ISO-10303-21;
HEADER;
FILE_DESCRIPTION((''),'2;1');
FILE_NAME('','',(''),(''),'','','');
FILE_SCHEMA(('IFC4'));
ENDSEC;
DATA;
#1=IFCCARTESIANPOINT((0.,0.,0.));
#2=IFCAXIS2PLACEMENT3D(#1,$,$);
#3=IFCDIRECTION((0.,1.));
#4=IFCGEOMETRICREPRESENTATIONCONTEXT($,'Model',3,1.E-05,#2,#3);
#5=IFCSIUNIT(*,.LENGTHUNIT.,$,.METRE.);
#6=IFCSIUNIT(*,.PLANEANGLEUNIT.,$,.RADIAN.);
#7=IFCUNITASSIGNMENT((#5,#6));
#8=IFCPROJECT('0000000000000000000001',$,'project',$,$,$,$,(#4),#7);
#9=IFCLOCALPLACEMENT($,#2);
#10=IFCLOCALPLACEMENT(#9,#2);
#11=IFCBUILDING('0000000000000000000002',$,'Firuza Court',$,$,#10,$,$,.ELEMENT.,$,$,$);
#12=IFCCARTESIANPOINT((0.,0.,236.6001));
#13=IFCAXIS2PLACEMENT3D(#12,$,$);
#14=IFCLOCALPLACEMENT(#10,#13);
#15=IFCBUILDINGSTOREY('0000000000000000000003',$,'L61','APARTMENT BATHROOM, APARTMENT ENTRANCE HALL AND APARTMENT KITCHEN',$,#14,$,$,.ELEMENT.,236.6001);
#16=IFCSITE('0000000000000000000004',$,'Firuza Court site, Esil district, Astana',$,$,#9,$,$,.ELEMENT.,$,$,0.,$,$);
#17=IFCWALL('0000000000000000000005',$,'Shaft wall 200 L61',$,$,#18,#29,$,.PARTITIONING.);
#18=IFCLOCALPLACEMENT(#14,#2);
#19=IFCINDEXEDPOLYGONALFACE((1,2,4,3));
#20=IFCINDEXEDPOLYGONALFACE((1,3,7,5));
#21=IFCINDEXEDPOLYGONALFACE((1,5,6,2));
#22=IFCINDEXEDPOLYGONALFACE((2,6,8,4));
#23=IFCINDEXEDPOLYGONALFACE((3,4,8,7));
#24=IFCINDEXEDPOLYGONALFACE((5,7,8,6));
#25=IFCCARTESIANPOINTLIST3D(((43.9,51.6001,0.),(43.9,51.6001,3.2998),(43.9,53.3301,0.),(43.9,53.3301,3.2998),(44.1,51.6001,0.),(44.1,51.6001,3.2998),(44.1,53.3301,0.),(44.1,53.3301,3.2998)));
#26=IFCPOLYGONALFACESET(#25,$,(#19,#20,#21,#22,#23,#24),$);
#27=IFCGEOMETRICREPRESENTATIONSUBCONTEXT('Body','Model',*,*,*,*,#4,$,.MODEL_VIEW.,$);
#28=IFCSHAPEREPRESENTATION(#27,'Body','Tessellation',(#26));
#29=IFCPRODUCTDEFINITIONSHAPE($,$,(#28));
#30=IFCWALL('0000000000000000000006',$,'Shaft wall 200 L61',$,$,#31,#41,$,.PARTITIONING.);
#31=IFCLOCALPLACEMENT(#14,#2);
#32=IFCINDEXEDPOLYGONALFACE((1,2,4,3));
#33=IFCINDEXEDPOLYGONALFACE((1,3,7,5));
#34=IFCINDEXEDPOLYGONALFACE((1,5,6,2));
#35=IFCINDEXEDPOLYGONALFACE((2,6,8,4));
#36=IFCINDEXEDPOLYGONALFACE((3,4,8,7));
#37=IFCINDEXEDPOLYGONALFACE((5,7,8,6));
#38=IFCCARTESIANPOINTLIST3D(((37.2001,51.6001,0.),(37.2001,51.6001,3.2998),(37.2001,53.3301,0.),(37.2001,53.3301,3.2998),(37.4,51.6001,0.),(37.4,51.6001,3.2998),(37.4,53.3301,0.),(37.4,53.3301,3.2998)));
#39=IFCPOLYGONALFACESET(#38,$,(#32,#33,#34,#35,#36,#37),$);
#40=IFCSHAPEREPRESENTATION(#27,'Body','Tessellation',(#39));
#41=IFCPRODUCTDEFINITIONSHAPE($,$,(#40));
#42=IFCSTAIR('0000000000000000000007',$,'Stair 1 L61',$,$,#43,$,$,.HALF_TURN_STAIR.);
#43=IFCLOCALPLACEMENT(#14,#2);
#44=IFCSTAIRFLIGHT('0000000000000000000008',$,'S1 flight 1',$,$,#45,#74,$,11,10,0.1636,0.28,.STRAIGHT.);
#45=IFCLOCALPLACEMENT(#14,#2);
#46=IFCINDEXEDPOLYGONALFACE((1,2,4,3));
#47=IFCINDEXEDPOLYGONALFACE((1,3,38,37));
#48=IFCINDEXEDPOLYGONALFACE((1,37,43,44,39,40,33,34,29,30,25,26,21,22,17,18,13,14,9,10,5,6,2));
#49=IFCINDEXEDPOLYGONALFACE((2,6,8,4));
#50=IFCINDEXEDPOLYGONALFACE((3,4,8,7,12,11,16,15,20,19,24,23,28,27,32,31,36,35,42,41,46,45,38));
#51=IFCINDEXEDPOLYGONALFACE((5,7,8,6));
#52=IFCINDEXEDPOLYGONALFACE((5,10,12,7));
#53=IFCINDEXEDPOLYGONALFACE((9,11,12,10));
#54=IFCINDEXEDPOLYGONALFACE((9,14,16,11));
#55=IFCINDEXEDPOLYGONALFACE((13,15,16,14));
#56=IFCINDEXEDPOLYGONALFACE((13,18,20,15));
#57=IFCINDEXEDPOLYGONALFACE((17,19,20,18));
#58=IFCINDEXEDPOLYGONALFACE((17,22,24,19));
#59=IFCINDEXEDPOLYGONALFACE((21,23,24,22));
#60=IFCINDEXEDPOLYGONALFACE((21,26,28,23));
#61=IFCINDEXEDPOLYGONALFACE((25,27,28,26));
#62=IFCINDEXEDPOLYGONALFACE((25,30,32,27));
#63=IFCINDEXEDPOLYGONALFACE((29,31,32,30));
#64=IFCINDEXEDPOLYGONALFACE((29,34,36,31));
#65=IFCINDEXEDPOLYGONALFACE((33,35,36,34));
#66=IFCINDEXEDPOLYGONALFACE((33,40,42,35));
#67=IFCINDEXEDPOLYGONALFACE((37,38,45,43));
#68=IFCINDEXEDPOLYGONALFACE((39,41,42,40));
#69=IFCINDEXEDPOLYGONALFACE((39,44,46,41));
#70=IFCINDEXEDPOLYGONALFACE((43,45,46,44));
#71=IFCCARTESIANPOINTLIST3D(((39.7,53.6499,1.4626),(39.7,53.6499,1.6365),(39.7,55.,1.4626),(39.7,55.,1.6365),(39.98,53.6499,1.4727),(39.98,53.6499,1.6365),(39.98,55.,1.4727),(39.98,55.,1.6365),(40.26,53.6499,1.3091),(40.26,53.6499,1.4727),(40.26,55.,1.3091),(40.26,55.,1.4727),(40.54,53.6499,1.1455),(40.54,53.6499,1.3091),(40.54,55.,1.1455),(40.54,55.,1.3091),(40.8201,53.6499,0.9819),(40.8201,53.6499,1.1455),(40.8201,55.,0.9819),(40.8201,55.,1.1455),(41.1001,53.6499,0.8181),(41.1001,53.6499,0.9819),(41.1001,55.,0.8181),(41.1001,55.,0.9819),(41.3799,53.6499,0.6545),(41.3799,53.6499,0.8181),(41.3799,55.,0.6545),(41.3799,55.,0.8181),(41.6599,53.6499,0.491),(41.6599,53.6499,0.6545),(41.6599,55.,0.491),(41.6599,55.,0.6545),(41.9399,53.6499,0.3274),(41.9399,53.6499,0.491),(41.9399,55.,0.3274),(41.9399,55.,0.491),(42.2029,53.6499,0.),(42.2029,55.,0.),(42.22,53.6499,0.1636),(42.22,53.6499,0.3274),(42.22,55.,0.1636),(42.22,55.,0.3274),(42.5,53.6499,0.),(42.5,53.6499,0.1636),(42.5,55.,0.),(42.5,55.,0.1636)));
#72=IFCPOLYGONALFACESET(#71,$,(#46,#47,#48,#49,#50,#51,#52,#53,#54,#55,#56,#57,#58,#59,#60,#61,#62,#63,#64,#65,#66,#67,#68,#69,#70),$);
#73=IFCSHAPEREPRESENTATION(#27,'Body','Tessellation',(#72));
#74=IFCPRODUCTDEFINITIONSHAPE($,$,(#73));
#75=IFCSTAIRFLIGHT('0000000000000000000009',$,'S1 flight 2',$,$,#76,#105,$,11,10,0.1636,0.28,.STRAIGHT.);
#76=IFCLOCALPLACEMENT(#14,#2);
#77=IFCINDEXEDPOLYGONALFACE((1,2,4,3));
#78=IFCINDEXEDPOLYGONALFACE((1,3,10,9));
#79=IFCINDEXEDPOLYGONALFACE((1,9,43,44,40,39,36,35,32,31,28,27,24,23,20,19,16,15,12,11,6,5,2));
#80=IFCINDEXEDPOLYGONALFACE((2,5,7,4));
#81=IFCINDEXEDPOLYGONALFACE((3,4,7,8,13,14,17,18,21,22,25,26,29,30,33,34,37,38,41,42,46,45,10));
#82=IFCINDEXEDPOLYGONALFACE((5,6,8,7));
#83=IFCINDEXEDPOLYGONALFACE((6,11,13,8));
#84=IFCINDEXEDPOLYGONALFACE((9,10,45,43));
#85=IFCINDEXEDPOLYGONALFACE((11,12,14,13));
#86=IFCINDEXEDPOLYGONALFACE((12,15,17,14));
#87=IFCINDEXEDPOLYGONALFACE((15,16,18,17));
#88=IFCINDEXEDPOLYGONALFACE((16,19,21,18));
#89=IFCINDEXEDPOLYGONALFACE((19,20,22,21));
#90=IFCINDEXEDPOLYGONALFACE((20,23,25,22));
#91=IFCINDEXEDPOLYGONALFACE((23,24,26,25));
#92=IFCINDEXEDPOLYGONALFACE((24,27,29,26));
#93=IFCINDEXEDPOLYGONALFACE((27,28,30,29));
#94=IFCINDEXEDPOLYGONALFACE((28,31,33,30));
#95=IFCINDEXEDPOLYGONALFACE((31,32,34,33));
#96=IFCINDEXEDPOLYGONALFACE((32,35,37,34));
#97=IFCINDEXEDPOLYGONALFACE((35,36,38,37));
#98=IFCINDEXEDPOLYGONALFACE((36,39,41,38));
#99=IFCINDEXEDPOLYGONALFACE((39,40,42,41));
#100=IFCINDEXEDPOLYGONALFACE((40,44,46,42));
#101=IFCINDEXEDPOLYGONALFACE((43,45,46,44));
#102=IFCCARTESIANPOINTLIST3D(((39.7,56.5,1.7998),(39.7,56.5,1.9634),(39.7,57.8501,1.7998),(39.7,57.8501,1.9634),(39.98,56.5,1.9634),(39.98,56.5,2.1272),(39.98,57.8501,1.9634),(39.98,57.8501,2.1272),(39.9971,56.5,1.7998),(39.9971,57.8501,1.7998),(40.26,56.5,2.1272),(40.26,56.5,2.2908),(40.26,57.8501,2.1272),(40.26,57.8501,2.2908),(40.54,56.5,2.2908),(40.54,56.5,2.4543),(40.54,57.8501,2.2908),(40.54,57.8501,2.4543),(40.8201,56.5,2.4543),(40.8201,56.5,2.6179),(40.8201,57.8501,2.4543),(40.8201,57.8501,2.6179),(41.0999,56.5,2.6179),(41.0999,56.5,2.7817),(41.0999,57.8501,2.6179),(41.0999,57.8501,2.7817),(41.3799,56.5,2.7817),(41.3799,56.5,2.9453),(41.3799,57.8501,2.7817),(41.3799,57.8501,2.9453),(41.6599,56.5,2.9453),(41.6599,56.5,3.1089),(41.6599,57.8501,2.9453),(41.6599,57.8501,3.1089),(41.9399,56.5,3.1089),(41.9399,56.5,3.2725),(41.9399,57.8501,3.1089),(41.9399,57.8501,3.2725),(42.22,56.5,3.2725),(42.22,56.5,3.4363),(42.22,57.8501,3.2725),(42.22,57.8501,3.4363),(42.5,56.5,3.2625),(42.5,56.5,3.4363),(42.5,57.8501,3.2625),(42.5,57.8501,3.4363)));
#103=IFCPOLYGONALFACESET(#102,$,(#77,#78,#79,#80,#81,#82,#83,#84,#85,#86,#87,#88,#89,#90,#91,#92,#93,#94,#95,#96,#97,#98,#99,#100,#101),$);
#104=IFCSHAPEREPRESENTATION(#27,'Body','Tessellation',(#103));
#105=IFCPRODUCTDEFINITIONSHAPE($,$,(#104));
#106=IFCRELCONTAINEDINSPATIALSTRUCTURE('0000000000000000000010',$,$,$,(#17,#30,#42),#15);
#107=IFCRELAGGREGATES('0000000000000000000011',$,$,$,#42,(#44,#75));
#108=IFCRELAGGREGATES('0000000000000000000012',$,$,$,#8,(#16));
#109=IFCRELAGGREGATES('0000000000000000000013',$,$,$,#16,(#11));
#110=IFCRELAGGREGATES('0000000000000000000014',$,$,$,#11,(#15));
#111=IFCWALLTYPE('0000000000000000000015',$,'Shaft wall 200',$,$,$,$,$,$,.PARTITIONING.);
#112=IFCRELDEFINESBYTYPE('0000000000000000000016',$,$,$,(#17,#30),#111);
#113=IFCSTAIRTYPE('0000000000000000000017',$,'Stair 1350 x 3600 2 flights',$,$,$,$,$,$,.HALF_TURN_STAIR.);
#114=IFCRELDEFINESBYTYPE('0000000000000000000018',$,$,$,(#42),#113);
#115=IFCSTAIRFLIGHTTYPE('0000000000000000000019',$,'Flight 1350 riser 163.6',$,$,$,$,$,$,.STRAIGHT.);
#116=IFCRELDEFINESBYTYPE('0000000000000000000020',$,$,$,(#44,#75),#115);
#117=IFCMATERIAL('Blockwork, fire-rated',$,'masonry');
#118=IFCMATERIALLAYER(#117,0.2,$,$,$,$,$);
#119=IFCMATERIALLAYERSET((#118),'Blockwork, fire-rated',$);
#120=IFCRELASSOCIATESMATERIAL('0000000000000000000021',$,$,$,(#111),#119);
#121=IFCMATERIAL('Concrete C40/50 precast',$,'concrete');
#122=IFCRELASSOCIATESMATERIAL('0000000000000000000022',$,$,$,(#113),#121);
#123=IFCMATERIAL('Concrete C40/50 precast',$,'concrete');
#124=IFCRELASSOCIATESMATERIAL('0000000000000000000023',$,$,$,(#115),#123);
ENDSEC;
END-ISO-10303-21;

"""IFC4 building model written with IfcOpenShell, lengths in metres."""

from ifc_helpers import new_model, si_unit, direction, frame, frame_2d, origin, place, context, subcontext, project, spatial, polyline, rectangle, outline, extrude, material, layer, layer_set, type_object, element, aggregate, save


model = new_model("IFC4")

# Units and contexts
model_context = context("Model", 3, precision=1e-05, world=origin(), true_north=direction((0.0, 1.0)))
body_context = subcontext(model_context, "Body", "Model", "MODEL_VIEW")
ifc_project = project(units=[si_unit("LENGTHUNIT", "METRE"), si_unit("PLANEANGLEUNIT", "RADIAN")], contexts=[model_context])

# Site, building, storey
site_placement = place(None, origin())
site = spatial("IfcSite", under=ifc_project, at=site_placement, Name="Firuza Court site, Esil district, Astana", CompositionType="ELEMENT", RefElevation=0.0)
building_placement = place(site_placement, origin())
building = spatial("IfcBuilding", under=site, at=building_placement, Name="Firuza Court", CompositionType="ELEMENT")
storey_placement = place(building_placement, frame((0.0, 0.0, 236.6001)))
storey = spatial("IfcBuildingStorey", under=building, at=storey_placement, Name="L61", Description="APARTMENT BATHROOM, APARTMENT ENTRANCE HALL AND APARTMENT KITCHEN", CompositionType="ELEMENT", Elevation=236.6001)

# Shared definitions
ifc_material_1 = material(Name="Blockwork, fire-rated", Category="masonry")

# Shared definitions
ifc_layer_1 = layer(ifc_material_1, 0.2)
ifc_layer_set_1 = layer_set([ifc_layer_1], Name="Blockwork, fire-rated")
wall_type_1 = type_object("IfcWallType", Name="Shaft wall 200", PredefinedType="PARTITIONING", material=ifc_layer_set_1)

# Walls
for number, where, z_axis, x_axis, name in (
    (1, (44.0, 51.6001, 0.0), (0.0, 0.0, 1.0), (0.0, 1.0, 0.0), "Shaft wall 200 L61"),
    (2, (37.3, 51.6001, 0.0), (0.0, 0.0, 1.0), (0.0, 1.0, 0.0), "Shaft wall 200 L61"),
):
    element("IfcWall", number, at=place(storey_placement, frame(where, z_axis=z_axis, x_axis=x_axis)), inside=storey, type_object=wall_type_1, Name=name, PredefinedType="PARTITIONING", context=body_context, shape_type="SweptSolid", body=[
        extrude(rectangle(XDim=1.73, YDim=0.2, at=frame_2d((0.865, 0.0))), origin(), (0.0, 0.0, 1.0), 3.2998),
    ])

# Stair, stair flights
ifc_material_2 = material(Name="Concrete C40/50 precast", Category="concrete")
stair_type = type_object("IfcStairType", Name="Stair 1350 x 3600 2 flights", PredefinedType="HALF_TURN_STAIR", material=ifc_material_2)
stair_placement = place(storey_placement, origin())
stair = element("IfcStair", 3, at=stair_placement, inside=storey, type_object=stair_type, Name="Stair 1 L61", PredefinedType="HALF_TURN_STAIR")
ifc_material_3 = material(Name="Concrete C40/50 precast", Category="concrete")
stair_flight_type = type_object("IfcStairFlightType", Name="Flight 1350 riser 163.6", PredefinedType="STRAIGHT", material=ifc_material_3)
stair_flight_1_placement = place(storey_placement, frame((42.5, 54.325, 0.0), z_axis=(0.0, 0.0, 1.0), x_axis=(-1.0, 0.0, 0.0)))
stair_flight_1 = element("IfcStairFlight", 4, at=stair_flight_1_placement, type_object=stair_flight_type, Name="S1 flight 1", NumberOfRisers=11, NumberOfTreads=10, PredefinedType="STRAIGHT", RiserHeight=0.1636, TreadLength=0.28, context=body_context, shape_type="SweptSolid", body=[
    extrude(outline(polyline([(0.0, 0.0), (0.0, 0.1636), (0.28, 0.1636), (0.28, 0.3274), (0.5601, 0.3274), (0.5601, 0.491), (0.8401, 0.491), (0.8401, 0.6545), (1.1201, 0.6545), (1.1201, 0.8181), (1.3999, 0.8181), (1.3999, 0.9819), (1.6799, 0.9819), (1.6799, 1.1455), (1.96, 1.1455), (1.96, 1.3091), (2.24, 1.3091), (2.24, 1.4727), (2.52, 1.4727), (2.52, 1.6365), (2.8, 1.6365), (2.8, 1.8), (2.8, 1.4626), (0.2971, 0.0), (0.0, 0.0)])), frame((0.0, 0.675, 0.0), z_axis=(0.0, -1.0, 0.0), x_axis=(1.0, 0.0, 0.0)), (0.0, 0.0, 1.0), 1.3501),
])
stair_flight_2_placement = place(storey_placement, frame((39.7, 57.175, 1.7998), z_axis=(0.0, 0.0, 1.0), x_axis=(1.0, 0.0, 0.0)))
stair_flight_2 = element("IfcStairFlight", 5, at=stair_flight_2_placement, type_object=stair_flight_type, Name="S1 flight 2", NumberOfRisers=11, NumberOfTreads=10, PredefinedType="STRAIGHT", RiserHeight=0.1636, TreadLength=0.28, context=body_context, shape_type="SweptSolid", body=[
    extrude(outline(polyline([(0.0, 0.0), (0.0, 0.1636), (0.28, 0.1636), (0.28, 0.3274), (0.5601, 0.3274), (0.5601, 0.491), (0.8401, 0.491), (0.8401, 0.6545), (1.1201, 0.6545), (1.1201, 0.8181), (1.3999, 0.8181), (1.3999, 0.9819), (1.6799, 0.9819), (1.6799, 1.1455), (1.96, 1.1455), (1.96, 1.3091), (2.24, 1.3091), (2.24, 1.4727), (2.52, 1.4727), (2.52, 1.6365), (2.8, 1.6365), (2.8, 1.8), (2.8, 1.4626), (0.2971, 0.0), (0.0, 0.0)])), frame((0.0, 0.675, 0.0), z_axis=(0.0, -1.0, 0.0), x_axis=(1.0, 0.0, 0.0)), (0.0, 0.0, 1.0), 1.3501),
])
aggregate(stair, [stair_flight_1, stair_flight_2])

save(model, "model.ifc")
